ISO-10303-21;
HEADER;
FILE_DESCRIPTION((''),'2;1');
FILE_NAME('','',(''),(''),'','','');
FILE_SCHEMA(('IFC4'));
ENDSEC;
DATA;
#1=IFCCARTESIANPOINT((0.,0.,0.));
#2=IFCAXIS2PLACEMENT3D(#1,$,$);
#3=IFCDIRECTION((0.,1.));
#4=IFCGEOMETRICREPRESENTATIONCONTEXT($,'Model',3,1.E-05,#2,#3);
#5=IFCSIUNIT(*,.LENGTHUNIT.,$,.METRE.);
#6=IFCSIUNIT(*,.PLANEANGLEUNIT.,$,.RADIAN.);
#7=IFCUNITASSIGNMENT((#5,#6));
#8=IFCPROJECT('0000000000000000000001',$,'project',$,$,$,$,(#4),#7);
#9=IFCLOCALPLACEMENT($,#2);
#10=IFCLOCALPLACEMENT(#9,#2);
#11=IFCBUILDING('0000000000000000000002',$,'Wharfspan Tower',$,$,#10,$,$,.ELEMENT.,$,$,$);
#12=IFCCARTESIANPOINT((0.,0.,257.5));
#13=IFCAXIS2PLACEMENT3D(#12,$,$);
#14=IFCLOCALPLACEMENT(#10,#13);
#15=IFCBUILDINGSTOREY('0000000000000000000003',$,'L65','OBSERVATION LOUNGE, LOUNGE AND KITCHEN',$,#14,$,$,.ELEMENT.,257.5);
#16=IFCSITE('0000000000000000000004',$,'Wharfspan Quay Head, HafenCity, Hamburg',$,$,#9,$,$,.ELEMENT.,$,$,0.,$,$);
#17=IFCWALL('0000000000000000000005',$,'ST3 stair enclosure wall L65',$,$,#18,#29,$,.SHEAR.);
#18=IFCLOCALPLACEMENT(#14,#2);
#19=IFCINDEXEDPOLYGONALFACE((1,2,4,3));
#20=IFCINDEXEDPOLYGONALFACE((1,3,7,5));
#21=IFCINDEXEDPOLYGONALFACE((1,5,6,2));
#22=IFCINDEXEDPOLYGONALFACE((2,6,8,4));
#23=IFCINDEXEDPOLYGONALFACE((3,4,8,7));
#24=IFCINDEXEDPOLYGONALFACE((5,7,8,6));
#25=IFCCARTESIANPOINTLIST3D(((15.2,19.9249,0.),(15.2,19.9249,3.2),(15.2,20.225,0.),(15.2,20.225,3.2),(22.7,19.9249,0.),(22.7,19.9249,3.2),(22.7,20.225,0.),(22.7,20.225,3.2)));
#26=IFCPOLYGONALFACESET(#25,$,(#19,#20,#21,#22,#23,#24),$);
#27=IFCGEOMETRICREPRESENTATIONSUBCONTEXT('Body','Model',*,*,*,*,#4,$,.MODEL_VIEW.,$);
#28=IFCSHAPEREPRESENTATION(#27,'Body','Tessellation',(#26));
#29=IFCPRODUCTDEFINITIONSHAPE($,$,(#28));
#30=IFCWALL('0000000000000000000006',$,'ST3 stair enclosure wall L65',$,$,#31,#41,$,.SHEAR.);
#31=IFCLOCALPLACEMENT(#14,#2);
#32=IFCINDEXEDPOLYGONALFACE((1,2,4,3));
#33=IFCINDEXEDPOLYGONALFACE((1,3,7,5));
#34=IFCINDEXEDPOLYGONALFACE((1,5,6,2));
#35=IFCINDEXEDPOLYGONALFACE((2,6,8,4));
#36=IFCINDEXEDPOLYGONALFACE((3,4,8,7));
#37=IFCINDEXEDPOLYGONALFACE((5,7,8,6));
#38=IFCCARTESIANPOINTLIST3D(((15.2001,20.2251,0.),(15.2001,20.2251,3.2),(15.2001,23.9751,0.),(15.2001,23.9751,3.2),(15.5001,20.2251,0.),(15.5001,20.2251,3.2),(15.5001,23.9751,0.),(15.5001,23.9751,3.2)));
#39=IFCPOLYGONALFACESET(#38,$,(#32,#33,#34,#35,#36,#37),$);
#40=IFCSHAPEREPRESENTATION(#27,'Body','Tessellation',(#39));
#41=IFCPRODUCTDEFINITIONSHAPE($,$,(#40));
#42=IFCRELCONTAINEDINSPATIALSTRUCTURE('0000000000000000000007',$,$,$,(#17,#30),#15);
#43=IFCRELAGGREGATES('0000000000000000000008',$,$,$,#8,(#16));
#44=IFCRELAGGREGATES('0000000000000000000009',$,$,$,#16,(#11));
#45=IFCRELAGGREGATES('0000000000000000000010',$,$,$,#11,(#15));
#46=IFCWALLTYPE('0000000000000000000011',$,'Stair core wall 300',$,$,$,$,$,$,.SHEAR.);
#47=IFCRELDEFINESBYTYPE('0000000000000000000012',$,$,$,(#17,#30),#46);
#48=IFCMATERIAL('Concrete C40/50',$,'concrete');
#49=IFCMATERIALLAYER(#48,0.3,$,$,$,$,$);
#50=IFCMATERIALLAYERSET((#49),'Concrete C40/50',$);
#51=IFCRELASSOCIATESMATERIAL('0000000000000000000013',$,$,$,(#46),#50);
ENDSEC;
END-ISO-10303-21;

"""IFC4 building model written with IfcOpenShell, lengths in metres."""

from ifc_helpers import new_model, si_unit, direction, frame, frame_2d, origin, place, context, subcontext, project, spatial, rectangle, extrude, material, layer, layer_set, type_object, element, save


model = new_model("IFC4")

# Units and contexts
model_context = context("Model", 3, precision=1e-05, world=origin(), true_north=direction((0.0, 1.0)))
body_context = subcontext(model_context, "Body", "Model", "MODEL_VIEW")
ifc_project = project(units=[si_unit("LENGTHUNIT", "METRE"), si_unit("PLANEANGLEUNIT", "RADIAN")], contexts=[model_context])

# Site, building, storey
site_placement = place(None, origin())
site = spatial("IfcSite", under=ifc_project, at=site_placement, Name="Wharfspan Quay Head, HafenCity, Hamburg", CompositionType="ELEMENT", RefElevation=0.0)
building_placement = place(site_placement, origin())
building = spatial("IfcBuilding", under=site, at=building_placement, Name="Wharfspan Tower", CompositionType="ELEMENT")
storey_placement = place(building_placement, frame((0.0, 0.0, 257.5)))
storey = spatial("IfcBuildingStorey", under=building, at=storey_placement, Name="L65", Description="OBSERVATION LOUNGE, LOUNGE AND KITCHEN", CompositionType="ELEMENT", Elevation=257.5)

# Shared definitions
ifc_material_1 = material(Name="Concrete C40/50", Category="concrete")

# Walls
ifc_layer_1 = layer(ifc_material_1, 0.3)
ifc_layer_set_1 = layer_set([ifc_layer_1], Name="Concrete C40/50")
wall_type_1 = type_object("IfcWallType", Name="Stair core wall 300", PredefinedType="SHEAR", material=ifc_layer_set_1)
wall_1_placement = place(storey_placement, frame((15.2, 20.075, 0.0), z_axis=(0.0, 0.0, 1.0), x_axis=(1.0, 0.0, 0.0)))
element("IfcWall", 1, at=wall_1_placement, inside=storey, type_object=wall_type_1, Name="ST3 stair enclosure wall L65", PredefinedType="SHEAR", context=body_context, shape_type="SweptSolid", body=[
    extrude(rectangle(XDim=7.5, YDim=0.3, at=frame_2d((3.75, 0.0))), origin(), (0.0, 0.0, 1.0), 3.2),
])
wall_2_placement = place(storey_placement, frame((15.3501, 20.2251, 0.0), z_axis=(0.0, 0.0, 1.0), x_axis=(0.0, 1.0, 0.0)))
element("IfcWall", 2, at=wall_2_placement, inside=storey, type_object=wall_type_1, Name="ST3 stair enclosure wall L65", PredefinedType="SHEAR", context=body_context, shape_type="SweptSolid", body=[
    extrude(rectangle(XDim=3.75, YDim=0.3, at=frame_2d((1.875, 0.0))), origin(), (0.0, 0.0, 1.0), 3.2),
])

save(model, "model.ifc")
